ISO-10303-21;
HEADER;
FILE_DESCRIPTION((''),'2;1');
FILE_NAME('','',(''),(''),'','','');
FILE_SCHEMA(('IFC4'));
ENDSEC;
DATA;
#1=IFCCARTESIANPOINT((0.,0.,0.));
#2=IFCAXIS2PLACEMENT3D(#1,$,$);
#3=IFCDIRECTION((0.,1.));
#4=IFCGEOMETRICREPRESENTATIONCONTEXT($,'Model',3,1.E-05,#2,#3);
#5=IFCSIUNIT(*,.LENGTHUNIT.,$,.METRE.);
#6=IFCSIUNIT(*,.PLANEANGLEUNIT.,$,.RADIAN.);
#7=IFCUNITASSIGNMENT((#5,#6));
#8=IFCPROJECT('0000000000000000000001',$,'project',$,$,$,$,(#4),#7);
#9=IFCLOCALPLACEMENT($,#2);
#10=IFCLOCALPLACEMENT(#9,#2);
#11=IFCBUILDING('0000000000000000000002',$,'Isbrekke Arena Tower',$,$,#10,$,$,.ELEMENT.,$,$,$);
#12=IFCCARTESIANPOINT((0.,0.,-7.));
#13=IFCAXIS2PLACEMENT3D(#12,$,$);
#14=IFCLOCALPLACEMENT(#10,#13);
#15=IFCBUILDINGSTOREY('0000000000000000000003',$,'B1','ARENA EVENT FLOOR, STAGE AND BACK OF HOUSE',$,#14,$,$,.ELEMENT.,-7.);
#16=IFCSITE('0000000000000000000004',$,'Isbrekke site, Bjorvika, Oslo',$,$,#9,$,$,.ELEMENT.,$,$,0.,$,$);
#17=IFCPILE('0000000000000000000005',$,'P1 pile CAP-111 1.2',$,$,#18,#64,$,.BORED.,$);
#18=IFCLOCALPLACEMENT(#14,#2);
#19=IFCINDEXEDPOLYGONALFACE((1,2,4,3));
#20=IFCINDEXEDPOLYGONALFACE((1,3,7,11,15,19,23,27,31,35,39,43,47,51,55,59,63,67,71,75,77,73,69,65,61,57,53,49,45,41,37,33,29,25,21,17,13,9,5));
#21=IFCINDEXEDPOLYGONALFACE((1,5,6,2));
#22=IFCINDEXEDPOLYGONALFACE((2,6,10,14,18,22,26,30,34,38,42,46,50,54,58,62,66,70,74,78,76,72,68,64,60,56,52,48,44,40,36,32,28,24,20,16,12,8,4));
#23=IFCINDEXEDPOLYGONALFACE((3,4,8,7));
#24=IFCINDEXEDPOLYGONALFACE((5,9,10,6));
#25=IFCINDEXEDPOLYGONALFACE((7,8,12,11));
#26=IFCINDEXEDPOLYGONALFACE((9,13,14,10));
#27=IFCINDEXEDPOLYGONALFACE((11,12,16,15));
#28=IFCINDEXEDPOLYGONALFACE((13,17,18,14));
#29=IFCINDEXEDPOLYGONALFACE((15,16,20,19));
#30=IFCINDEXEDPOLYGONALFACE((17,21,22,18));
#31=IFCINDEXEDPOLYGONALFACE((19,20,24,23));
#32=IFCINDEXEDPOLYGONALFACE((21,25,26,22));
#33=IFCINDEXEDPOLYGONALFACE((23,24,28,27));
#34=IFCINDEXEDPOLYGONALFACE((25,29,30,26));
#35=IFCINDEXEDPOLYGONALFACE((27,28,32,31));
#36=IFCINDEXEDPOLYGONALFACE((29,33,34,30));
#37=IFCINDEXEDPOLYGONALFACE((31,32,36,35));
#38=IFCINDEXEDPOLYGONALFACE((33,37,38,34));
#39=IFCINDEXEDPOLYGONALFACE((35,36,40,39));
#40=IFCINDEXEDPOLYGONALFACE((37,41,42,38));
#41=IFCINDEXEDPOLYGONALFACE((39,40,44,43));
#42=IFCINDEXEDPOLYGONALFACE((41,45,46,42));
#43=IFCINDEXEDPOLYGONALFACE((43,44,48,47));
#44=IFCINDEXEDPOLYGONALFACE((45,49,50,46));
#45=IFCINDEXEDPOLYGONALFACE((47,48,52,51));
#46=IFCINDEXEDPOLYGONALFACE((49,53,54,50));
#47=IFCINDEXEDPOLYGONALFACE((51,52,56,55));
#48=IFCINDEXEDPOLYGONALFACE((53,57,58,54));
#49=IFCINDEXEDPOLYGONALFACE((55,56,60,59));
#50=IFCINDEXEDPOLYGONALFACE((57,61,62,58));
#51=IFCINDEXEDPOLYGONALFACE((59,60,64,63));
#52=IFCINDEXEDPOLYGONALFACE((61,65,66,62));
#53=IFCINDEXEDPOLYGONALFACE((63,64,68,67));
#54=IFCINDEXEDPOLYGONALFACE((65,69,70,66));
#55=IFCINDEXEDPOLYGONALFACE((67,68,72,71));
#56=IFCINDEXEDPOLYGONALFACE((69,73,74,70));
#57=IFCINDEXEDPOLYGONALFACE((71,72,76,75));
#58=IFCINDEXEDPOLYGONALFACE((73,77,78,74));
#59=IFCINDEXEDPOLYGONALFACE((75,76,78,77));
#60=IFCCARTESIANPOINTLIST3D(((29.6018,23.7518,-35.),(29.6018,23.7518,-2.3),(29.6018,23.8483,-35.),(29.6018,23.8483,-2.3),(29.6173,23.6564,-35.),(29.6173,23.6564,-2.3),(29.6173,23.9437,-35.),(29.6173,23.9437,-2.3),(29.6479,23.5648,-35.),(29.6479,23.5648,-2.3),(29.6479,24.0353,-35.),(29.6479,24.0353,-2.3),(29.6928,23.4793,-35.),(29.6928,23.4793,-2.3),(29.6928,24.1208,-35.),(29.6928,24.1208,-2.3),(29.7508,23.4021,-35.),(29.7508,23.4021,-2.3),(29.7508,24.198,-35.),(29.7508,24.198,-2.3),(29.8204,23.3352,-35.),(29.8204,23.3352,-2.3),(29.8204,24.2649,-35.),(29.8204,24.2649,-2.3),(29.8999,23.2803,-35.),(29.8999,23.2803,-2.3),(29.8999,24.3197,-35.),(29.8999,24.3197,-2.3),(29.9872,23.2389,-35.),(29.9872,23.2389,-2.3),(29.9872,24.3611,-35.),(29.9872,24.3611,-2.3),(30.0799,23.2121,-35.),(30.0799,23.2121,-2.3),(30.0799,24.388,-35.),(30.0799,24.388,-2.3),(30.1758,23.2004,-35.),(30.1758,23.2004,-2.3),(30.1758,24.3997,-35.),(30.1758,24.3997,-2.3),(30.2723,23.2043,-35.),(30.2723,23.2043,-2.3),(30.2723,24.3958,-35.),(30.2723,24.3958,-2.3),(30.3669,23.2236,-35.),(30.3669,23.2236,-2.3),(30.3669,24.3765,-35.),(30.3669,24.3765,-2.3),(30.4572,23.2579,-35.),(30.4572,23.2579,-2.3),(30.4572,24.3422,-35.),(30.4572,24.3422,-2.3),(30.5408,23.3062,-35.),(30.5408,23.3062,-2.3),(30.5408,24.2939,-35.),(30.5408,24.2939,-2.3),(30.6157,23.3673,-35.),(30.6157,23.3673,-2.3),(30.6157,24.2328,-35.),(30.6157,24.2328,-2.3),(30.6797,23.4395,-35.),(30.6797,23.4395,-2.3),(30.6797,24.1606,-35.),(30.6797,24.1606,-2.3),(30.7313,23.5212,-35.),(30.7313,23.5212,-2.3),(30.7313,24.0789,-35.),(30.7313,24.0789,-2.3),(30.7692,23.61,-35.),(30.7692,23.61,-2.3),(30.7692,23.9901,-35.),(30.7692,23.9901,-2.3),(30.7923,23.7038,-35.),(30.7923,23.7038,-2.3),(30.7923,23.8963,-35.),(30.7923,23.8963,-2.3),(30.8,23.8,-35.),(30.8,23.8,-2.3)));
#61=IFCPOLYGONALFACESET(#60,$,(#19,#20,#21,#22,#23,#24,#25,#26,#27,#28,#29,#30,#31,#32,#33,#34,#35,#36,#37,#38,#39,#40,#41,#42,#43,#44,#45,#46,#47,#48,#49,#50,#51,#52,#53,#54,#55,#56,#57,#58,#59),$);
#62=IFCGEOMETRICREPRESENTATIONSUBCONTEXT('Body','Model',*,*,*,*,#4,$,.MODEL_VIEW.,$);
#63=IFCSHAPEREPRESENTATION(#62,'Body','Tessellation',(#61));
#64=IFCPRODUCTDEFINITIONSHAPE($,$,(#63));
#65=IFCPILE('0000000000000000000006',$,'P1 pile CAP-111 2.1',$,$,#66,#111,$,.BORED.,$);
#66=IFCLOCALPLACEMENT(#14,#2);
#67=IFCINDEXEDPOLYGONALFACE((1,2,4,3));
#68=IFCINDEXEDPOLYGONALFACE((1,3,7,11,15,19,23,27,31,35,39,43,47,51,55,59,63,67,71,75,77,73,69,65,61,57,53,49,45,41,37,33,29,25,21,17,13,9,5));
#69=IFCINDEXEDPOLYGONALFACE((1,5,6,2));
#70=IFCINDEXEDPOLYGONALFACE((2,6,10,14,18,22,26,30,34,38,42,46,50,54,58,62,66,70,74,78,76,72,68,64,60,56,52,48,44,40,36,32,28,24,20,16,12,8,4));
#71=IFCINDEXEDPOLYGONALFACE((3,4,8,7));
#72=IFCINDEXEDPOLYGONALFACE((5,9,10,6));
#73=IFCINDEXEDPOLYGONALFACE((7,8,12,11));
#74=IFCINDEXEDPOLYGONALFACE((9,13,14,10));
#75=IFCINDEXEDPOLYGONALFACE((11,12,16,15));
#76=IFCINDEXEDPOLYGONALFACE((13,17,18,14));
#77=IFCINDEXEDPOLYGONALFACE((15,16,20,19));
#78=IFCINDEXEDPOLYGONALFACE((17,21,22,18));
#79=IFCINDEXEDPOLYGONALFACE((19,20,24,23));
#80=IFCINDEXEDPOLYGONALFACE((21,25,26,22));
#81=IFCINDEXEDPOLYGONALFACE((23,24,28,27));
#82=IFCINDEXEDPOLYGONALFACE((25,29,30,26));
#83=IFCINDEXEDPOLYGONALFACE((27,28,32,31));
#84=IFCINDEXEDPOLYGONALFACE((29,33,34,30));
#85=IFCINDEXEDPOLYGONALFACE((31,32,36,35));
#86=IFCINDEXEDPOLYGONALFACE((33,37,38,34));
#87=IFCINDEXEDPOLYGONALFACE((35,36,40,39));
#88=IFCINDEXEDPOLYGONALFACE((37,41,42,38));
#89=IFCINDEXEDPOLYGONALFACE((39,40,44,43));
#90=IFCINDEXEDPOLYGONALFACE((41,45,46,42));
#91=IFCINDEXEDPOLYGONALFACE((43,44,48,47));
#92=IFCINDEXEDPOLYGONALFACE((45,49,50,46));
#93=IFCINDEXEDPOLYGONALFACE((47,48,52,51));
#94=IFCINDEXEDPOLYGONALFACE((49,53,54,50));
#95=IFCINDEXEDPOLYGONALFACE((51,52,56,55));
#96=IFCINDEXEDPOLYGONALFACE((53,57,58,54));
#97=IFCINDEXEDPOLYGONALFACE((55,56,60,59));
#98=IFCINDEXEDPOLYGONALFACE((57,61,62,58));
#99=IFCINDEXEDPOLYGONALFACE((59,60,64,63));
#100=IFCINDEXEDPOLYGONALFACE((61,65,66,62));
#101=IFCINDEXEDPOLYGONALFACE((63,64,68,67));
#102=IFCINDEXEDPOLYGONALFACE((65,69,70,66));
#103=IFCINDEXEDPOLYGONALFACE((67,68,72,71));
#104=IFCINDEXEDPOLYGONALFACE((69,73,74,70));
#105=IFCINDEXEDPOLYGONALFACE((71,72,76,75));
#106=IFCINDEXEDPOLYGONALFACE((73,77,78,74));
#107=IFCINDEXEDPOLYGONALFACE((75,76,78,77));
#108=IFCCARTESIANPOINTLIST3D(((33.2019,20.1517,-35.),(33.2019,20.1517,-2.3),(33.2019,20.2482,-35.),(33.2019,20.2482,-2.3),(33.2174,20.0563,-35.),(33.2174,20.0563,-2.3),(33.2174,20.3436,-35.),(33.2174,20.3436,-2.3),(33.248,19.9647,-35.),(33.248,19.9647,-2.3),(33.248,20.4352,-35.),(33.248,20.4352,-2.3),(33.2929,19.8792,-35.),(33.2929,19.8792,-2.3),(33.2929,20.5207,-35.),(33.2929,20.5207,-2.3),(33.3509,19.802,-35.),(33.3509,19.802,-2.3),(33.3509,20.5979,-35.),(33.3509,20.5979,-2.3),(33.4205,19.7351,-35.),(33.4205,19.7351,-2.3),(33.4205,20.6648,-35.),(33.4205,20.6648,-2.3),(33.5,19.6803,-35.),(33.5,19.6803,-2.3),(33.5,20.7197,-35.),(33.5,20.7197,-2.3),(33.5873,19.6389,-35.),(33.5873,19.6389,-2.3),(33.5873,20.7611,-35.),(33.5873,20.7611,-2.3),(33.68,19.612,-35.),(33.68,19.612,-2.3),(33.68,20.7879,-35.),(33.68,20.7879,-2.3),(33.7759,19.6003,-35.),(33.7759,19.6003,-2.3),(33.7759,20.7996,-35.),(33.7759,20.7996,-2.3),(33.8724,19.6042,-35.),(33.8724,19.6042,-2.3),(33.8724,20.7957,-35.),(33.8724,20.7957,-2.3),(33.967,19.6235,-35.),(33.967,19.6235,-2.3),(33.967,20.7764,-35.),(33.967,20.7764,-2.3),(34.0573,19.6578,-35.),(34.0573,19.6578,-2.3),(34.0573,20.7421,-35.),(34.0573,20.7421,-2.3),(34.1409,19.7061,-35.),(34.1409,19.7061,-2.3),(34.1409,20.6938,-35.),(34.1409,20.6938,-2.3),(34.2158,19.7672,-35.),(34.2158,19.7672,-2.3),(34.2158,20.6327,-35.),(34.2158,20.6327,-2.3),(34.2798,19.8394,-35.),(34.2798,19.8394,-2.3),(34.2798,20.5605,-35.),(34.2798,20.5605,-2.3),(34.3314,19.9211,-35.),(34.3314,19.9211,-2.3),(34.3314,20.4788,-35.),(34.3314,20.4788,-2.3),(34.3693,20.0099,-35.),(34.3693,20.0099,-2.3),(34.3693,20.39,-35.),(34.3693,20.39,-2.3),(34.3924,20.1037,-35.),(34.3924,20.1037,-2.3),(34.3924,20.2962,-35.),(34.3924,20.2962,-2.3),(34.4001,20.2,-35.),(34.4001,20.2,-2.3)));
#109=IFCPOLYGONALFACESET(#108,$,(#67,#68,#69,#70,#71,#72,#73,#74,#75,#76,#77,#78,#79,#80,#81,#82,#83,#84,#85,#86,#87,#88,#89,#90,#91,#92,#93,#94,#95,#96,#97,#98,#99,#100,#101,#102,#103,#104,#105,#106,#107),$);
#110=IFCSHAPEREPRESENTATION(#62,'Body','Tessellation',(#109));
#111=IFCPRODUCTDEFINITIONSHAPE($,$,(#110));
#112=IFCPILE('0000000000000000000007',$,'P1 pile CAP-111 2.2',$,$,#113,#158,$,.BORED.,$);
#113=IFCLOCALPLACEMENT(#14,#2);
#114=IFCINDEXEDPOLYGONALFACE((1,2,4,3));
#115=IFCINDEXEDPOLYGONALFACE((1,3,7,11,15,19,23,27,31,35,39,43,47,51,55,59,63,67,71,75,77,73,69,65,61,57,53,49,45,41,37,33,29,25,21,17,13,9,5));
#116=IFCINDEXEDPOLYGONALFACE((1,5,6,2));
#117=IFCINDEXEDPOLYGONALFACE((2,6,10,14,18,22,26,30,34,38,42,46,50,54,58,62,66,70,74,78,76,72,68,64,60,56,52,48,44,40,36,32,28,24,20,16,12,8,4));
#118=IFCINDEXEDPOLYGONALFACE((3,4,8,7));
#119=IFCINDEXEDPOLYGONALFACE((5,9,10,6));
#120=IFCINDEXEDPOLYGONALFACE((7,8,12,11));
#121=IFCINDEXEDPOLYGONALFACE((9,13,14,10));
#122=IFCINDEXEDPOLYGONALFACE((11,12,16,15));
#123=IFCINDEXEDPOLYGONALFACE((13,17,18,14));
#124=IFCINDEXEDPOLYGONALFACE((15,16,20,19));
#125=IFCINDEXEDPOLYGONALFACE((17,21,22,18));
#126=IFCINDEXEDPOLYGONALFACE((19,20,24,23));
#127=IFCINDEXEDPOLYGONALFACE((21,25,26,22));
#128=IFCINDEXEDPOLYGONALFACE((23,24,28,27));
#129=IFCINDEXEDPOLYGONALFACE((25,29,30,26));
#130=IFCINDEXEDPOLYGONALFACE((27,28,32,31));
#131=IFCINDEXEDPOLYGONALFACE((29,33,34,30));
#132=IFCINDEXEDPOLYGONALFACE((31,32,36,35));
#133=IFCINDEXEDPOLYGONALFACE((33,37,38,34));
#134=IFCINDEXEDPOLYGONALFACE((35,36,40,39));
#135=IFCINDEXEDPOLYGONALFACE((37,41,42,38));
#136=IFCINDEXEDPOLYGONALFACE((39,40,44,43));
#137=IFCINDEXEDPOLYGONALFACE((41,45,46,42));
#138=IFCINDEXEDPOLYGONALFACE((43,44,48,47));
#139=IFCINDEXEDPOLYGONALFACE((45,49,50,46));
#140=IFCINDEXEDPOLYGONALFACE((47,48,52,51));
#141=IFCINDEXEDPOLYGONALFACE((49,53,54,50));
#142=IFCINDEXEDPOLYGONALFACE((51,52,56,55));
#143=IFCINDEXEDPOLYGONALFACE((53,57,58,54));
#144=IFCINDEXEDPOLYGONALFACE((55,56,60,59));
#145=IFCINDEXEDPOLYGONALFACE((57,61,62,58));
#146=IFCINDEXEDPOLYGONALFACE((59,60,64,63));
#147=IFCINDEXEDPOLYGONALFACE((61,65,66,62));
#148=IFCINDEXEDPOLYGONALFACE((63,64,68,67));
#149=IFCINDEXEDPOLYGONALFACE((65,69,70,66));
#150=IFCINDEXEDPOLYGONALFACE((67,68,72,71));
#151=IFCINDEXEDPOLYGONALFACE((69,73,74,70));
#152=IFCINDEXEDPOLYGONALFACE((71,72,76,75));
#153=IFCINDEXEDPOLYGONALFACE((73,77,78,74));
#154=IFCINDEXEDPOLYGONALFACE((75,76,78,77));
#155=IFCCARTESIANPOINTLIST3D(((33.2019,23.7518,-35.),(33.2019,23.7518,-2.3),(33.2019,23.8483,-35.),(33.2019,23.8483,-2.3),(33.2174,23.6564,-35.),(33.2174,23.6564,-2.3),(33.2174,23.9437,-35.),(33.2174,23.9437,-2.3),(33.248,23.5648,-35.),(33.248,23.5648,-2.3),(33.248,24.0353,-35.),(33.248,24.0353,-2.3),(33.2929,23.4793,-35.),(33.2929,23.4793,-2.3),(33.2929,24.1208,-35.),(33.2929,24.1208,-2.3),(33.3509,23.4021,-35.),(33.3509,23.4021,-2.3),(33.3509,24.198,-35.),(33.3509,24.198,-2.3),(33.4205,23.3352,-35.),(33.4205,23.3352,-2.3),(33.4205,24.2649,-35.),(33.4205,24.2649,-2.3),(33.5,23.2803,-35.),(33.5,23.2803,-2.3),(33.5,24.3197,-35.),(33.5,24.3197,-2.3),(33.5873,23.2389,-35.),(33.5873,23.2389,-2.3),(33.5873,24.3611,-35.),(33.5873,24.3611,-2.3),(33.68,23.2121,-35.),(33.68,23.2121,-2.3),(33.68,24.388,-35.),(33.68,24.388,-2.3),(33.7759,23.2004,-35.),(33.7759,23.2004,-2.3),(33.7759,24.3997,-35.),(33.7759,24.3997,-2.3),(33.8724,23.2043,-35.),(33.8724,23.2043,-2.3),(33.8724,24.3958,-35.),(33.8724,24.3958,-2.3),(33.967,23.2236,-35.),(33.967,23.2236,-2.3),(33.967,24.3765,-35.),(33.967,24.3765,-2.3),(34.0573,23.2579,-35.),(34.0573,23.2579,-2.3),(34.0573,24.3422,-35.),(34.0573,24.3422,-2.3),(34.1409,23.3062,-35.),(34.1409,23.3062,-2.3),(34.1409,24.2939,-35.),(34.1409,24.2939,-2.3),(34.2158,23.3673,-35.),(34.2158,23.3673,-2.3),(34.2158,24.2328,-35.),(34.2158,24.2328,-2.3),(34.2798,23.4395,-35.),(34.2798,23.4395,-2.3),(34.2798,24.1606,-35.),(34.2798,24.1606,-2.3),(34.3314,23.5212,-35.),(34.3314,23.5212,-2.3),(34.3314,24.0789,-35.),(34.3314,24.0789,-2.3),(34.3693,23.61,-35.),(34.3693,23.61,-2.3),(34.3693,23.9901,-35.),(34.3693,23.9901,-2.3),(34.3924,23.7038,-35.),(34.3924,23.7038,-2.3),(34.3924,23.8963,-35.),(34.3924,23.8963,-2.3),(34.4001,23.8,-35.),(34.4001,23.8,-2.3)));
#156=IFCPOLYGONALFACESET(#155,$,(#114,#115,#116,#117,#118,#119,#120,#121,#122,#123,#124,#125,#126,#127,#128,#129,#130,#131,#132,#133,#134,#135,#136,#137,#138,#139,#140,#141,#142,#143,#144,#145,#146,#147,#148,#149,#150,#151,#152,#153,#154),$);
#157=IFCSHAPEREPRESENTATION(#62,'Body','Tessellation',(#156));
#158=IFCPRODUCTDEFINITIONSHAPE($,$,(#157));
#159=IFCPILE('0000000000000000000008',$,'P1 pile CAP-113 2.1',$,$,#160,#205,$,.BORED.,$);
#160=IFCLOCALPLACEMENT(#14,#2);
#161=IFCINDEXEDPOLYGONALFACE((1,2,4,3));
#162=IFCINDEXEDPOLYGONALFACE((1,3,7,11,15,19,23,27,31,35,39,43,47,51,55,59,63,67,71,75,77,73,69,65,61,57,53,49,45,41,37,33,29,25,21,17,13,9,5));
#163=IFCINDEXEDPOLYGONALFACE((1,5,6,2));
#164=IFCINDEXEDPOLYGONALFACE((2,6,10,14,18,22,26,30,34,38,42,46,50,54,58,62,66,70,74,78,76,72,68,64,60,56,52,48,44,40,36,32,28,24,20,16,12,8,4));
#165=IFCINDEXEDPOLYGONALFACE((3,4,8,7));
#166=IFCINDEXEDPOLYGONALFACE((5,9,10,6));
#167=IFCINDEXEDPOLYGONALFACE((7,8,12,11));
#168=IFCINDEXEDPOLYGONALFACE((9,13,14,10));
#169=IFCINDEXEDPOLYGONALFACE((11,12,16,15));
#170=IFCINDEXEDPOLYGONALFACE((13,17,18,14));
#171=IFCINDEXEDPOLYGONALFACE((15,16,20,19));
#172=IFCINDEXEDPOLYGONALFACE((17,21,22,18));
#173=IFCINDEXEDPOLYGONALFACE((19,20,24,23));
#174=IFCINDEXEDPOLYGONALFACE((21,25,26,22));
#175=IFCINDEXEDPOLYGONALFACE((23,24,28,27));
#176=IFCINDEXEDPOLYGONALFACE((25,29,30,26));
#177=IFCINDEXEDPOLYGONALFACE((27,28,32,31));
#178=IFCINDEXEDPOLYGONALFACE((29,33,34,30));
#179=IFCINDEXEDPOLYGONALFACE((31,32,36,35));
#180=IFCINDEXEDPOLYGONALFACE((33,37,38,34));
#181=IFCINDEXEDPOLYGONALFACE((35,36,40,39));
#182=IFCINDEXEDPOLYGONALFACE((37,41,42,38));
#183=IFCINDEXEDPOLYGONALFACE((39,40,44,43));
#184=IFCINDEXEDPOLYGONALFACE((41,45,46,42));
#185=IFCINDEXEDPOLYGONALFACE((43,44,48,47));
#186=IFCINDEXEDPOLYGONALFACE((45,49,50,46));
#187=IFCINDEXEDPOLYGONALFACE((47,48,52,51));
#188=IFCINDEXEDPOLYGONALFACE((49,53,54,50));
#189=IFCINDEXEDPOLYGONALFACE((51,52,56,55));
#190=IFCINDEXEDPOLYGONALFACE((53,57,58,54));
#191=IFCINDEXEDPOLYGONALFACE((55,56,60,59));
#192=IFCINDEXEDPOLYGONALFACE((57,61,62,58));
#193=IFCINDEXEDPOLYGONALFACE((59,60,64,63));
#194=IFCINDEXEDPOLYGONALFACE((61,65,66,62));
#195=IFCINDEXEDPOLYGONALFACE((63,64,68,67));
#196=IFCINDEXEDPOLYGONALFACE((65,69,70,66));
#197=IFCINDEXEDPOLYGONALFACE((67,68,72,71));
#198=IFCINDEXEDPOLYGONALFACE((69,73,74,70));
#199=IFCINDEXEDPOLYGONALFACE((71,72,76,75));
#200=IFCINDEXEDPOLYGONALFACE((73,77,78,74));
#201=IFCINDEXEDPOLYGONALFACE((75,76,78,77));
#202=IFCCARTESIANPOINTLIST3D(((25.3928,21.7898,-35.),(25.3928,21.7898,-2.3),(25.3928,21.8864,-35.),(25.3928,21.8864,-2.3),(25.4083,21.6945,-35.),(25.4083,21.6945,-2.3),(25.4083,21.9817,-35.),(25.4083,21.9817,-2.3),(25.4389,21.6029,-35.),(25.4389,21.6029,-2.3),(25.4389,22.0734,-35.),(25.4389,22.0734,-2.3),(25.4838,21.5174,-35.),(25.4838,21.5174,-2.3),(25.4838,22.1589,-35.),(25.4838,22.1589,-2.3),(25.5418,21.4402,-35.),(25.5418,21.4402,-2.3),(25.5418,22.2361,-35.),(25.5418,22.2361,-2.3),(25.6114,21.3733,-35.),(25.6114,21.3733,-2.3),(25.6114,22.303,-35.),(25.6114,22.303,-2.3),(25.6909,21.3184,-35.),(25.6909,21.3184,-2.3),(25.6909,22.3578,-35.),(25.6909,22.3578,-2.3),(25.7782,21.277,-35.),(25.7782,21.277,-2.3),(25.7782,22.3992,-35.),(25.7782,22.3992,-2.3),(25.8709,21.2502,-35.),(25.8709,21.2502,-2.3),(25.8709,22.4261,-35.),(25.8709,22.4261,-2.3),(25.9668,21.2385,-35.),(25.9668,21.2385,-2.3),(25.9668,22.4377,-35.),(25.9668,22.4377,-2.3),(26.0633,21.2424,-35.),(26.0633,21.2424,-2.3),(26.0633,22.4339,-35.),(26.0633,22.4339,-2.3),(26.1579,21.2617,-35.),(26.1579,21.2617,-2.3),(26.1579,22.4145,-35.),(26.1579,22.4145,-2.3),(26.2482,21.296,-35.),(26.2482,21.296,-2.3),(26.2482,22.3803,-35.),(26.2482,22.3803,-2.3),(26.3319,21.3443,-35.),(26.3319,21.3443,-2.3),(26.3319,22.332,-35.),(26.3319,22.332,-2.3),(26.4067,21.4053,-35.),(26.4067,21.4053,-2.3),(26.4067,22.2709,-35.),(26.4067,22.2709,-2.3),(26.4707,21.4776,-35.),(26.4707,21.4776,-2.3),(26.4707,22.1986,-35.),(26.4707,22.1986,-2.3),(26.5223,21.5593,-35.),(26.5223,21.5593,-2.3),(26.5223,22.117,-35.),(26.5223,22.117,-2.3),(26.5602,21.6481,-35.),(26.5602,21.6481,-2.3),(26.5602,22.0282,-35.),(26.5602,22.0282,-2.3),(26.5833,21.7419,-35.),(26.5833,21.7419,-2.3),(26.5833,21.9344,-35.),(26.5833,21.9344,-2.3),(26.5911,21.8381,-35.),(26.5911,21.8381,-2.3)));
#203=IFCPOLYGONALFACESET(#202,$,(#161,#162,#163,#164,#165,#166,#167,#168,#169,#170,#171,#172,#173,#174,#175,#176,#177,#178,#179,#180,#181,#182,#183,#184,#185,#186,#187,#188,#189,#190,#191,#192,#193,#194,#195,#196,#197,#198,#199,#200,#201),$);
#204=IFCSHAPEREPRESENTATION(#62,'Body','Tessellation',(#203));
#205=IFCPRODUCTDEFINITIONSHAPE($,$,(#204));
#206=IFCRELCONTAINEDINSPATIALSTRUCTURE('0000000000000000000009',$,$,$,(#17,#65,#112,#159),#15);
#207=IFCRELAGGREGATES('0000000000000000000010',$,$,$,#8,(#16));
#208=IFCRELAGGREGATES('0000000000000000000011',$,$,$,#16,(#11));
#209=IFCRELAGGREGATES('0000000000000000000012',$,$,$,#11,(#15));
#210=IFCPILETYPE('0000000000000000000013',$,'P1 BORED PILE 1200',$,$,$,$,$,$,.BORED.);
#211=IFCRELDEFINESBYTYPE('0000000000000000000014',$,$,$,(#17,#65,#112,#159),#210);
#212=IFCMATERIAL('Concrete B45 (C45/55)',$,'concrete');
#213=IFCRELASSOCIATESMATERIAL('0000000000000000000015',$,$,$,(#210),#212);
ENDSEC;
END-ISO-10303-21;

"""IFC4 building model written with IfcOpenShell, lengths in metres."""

from ifc_helpers import new_model, si_unit, direction, frame, origin, origin_2d, place, context, subcontext, project, spatial, circle, extrude, material, material_profile, profile_set, type_object, element, save


model = new_model("IFC4")

# Units and contexts
model_context = context("Model", 3, precision=1e-05, world=origin(), true_north=direction((0.0, 1.0)))
body_context = subcontext(model_context, "Body", "Model", "MODEL_VIEW")
ifc_project = project(units=[si_unit("LENGTHUNIT", "METRE"), si_unit("PLANEANGLEUNIT", "RADIAN")], contexts=[model_context])

# Site, building, storey
site_placement = place(None, origin())
site = spatial("IfcSite", under=ifc_project, at=site_placement, Name="Isbrekke site, Bjorvika, Oslo", CompositionType="ELEMENT", RefElevation=0.0)
building_placement = place(site_placement, origin())
building = spatial("IfcBuilding", under=site, at=building_placement, Name="Isbrekke Arena Tower", CompositionType="ELEMENT")
storey_placement = place(building_placement, frame((0.0, 0.0, -7.0)))
storey = spatial("IfcBuildingStorey", under=building, at=storey_placement, Name="B1", Description="ARENA EVENT FLOOR, STAGE AND BACK OF HOUSE", CompositionType="ELEMENT", Elevation=-7.0)

# Piles
ifc_material_1 = material(Name="Concrete B45 (C45/55)", Category="concrete")
ifc_material_profile_1 = material_profile(ifc_material_1, circle(Radius=0.6001, at=origin_2d()), Name="BORED PILE D1200")
ifc_profile_set_1 = profile_set([ifc_material_profile_1], Name="Concrete B45 (C45/55)")
pile_type = type_object("IfcPileType", Name="P1 BORED PILE 1200", PredefinedType="BORED", material=ifc_profile_set_1)
for number, where, z_axis, x_axis, name in (
    (1, (30.2, 23.8, -2.3), (0.0, 0.0, -1.0), (1.0, 0.0, 0.0), "P1 pile CAP-111 1.2"),
    (2, (33.8, 20.2, -2.3), (0.0, 0.0, -1.0), (1.0, 0.0, 0.0), "P1 pile CAP-111 2.1"),
    (3, (33.8, 23.8, -2.3), (0.0, 0.0, -1.0), (1.0, 0.0, 0.0), "P1 pile CAP-111 2.2"),
    (4, (25.991, 21.8381, -2.3), (0.0, 0.0, -1.0), (1.0, 0.0, 0.0), "P1 pile CAP-113 2.1"),
):
    element("IfcPile", number, at=place(storey_placement, frame(where, z_axis=z_axis, x_axis=x_axis)), inside=storey, type_object=pile_type, Name=name, PredefinedType="BORED", context=body_context, shape_type="SweptSolid", body=[
        extrude(circle(Radius=0.6001, at=origin_2d()), origin(), (0.0, 0.0, 1.0), 32.7),
    ])

save(model, "model.ifc")
